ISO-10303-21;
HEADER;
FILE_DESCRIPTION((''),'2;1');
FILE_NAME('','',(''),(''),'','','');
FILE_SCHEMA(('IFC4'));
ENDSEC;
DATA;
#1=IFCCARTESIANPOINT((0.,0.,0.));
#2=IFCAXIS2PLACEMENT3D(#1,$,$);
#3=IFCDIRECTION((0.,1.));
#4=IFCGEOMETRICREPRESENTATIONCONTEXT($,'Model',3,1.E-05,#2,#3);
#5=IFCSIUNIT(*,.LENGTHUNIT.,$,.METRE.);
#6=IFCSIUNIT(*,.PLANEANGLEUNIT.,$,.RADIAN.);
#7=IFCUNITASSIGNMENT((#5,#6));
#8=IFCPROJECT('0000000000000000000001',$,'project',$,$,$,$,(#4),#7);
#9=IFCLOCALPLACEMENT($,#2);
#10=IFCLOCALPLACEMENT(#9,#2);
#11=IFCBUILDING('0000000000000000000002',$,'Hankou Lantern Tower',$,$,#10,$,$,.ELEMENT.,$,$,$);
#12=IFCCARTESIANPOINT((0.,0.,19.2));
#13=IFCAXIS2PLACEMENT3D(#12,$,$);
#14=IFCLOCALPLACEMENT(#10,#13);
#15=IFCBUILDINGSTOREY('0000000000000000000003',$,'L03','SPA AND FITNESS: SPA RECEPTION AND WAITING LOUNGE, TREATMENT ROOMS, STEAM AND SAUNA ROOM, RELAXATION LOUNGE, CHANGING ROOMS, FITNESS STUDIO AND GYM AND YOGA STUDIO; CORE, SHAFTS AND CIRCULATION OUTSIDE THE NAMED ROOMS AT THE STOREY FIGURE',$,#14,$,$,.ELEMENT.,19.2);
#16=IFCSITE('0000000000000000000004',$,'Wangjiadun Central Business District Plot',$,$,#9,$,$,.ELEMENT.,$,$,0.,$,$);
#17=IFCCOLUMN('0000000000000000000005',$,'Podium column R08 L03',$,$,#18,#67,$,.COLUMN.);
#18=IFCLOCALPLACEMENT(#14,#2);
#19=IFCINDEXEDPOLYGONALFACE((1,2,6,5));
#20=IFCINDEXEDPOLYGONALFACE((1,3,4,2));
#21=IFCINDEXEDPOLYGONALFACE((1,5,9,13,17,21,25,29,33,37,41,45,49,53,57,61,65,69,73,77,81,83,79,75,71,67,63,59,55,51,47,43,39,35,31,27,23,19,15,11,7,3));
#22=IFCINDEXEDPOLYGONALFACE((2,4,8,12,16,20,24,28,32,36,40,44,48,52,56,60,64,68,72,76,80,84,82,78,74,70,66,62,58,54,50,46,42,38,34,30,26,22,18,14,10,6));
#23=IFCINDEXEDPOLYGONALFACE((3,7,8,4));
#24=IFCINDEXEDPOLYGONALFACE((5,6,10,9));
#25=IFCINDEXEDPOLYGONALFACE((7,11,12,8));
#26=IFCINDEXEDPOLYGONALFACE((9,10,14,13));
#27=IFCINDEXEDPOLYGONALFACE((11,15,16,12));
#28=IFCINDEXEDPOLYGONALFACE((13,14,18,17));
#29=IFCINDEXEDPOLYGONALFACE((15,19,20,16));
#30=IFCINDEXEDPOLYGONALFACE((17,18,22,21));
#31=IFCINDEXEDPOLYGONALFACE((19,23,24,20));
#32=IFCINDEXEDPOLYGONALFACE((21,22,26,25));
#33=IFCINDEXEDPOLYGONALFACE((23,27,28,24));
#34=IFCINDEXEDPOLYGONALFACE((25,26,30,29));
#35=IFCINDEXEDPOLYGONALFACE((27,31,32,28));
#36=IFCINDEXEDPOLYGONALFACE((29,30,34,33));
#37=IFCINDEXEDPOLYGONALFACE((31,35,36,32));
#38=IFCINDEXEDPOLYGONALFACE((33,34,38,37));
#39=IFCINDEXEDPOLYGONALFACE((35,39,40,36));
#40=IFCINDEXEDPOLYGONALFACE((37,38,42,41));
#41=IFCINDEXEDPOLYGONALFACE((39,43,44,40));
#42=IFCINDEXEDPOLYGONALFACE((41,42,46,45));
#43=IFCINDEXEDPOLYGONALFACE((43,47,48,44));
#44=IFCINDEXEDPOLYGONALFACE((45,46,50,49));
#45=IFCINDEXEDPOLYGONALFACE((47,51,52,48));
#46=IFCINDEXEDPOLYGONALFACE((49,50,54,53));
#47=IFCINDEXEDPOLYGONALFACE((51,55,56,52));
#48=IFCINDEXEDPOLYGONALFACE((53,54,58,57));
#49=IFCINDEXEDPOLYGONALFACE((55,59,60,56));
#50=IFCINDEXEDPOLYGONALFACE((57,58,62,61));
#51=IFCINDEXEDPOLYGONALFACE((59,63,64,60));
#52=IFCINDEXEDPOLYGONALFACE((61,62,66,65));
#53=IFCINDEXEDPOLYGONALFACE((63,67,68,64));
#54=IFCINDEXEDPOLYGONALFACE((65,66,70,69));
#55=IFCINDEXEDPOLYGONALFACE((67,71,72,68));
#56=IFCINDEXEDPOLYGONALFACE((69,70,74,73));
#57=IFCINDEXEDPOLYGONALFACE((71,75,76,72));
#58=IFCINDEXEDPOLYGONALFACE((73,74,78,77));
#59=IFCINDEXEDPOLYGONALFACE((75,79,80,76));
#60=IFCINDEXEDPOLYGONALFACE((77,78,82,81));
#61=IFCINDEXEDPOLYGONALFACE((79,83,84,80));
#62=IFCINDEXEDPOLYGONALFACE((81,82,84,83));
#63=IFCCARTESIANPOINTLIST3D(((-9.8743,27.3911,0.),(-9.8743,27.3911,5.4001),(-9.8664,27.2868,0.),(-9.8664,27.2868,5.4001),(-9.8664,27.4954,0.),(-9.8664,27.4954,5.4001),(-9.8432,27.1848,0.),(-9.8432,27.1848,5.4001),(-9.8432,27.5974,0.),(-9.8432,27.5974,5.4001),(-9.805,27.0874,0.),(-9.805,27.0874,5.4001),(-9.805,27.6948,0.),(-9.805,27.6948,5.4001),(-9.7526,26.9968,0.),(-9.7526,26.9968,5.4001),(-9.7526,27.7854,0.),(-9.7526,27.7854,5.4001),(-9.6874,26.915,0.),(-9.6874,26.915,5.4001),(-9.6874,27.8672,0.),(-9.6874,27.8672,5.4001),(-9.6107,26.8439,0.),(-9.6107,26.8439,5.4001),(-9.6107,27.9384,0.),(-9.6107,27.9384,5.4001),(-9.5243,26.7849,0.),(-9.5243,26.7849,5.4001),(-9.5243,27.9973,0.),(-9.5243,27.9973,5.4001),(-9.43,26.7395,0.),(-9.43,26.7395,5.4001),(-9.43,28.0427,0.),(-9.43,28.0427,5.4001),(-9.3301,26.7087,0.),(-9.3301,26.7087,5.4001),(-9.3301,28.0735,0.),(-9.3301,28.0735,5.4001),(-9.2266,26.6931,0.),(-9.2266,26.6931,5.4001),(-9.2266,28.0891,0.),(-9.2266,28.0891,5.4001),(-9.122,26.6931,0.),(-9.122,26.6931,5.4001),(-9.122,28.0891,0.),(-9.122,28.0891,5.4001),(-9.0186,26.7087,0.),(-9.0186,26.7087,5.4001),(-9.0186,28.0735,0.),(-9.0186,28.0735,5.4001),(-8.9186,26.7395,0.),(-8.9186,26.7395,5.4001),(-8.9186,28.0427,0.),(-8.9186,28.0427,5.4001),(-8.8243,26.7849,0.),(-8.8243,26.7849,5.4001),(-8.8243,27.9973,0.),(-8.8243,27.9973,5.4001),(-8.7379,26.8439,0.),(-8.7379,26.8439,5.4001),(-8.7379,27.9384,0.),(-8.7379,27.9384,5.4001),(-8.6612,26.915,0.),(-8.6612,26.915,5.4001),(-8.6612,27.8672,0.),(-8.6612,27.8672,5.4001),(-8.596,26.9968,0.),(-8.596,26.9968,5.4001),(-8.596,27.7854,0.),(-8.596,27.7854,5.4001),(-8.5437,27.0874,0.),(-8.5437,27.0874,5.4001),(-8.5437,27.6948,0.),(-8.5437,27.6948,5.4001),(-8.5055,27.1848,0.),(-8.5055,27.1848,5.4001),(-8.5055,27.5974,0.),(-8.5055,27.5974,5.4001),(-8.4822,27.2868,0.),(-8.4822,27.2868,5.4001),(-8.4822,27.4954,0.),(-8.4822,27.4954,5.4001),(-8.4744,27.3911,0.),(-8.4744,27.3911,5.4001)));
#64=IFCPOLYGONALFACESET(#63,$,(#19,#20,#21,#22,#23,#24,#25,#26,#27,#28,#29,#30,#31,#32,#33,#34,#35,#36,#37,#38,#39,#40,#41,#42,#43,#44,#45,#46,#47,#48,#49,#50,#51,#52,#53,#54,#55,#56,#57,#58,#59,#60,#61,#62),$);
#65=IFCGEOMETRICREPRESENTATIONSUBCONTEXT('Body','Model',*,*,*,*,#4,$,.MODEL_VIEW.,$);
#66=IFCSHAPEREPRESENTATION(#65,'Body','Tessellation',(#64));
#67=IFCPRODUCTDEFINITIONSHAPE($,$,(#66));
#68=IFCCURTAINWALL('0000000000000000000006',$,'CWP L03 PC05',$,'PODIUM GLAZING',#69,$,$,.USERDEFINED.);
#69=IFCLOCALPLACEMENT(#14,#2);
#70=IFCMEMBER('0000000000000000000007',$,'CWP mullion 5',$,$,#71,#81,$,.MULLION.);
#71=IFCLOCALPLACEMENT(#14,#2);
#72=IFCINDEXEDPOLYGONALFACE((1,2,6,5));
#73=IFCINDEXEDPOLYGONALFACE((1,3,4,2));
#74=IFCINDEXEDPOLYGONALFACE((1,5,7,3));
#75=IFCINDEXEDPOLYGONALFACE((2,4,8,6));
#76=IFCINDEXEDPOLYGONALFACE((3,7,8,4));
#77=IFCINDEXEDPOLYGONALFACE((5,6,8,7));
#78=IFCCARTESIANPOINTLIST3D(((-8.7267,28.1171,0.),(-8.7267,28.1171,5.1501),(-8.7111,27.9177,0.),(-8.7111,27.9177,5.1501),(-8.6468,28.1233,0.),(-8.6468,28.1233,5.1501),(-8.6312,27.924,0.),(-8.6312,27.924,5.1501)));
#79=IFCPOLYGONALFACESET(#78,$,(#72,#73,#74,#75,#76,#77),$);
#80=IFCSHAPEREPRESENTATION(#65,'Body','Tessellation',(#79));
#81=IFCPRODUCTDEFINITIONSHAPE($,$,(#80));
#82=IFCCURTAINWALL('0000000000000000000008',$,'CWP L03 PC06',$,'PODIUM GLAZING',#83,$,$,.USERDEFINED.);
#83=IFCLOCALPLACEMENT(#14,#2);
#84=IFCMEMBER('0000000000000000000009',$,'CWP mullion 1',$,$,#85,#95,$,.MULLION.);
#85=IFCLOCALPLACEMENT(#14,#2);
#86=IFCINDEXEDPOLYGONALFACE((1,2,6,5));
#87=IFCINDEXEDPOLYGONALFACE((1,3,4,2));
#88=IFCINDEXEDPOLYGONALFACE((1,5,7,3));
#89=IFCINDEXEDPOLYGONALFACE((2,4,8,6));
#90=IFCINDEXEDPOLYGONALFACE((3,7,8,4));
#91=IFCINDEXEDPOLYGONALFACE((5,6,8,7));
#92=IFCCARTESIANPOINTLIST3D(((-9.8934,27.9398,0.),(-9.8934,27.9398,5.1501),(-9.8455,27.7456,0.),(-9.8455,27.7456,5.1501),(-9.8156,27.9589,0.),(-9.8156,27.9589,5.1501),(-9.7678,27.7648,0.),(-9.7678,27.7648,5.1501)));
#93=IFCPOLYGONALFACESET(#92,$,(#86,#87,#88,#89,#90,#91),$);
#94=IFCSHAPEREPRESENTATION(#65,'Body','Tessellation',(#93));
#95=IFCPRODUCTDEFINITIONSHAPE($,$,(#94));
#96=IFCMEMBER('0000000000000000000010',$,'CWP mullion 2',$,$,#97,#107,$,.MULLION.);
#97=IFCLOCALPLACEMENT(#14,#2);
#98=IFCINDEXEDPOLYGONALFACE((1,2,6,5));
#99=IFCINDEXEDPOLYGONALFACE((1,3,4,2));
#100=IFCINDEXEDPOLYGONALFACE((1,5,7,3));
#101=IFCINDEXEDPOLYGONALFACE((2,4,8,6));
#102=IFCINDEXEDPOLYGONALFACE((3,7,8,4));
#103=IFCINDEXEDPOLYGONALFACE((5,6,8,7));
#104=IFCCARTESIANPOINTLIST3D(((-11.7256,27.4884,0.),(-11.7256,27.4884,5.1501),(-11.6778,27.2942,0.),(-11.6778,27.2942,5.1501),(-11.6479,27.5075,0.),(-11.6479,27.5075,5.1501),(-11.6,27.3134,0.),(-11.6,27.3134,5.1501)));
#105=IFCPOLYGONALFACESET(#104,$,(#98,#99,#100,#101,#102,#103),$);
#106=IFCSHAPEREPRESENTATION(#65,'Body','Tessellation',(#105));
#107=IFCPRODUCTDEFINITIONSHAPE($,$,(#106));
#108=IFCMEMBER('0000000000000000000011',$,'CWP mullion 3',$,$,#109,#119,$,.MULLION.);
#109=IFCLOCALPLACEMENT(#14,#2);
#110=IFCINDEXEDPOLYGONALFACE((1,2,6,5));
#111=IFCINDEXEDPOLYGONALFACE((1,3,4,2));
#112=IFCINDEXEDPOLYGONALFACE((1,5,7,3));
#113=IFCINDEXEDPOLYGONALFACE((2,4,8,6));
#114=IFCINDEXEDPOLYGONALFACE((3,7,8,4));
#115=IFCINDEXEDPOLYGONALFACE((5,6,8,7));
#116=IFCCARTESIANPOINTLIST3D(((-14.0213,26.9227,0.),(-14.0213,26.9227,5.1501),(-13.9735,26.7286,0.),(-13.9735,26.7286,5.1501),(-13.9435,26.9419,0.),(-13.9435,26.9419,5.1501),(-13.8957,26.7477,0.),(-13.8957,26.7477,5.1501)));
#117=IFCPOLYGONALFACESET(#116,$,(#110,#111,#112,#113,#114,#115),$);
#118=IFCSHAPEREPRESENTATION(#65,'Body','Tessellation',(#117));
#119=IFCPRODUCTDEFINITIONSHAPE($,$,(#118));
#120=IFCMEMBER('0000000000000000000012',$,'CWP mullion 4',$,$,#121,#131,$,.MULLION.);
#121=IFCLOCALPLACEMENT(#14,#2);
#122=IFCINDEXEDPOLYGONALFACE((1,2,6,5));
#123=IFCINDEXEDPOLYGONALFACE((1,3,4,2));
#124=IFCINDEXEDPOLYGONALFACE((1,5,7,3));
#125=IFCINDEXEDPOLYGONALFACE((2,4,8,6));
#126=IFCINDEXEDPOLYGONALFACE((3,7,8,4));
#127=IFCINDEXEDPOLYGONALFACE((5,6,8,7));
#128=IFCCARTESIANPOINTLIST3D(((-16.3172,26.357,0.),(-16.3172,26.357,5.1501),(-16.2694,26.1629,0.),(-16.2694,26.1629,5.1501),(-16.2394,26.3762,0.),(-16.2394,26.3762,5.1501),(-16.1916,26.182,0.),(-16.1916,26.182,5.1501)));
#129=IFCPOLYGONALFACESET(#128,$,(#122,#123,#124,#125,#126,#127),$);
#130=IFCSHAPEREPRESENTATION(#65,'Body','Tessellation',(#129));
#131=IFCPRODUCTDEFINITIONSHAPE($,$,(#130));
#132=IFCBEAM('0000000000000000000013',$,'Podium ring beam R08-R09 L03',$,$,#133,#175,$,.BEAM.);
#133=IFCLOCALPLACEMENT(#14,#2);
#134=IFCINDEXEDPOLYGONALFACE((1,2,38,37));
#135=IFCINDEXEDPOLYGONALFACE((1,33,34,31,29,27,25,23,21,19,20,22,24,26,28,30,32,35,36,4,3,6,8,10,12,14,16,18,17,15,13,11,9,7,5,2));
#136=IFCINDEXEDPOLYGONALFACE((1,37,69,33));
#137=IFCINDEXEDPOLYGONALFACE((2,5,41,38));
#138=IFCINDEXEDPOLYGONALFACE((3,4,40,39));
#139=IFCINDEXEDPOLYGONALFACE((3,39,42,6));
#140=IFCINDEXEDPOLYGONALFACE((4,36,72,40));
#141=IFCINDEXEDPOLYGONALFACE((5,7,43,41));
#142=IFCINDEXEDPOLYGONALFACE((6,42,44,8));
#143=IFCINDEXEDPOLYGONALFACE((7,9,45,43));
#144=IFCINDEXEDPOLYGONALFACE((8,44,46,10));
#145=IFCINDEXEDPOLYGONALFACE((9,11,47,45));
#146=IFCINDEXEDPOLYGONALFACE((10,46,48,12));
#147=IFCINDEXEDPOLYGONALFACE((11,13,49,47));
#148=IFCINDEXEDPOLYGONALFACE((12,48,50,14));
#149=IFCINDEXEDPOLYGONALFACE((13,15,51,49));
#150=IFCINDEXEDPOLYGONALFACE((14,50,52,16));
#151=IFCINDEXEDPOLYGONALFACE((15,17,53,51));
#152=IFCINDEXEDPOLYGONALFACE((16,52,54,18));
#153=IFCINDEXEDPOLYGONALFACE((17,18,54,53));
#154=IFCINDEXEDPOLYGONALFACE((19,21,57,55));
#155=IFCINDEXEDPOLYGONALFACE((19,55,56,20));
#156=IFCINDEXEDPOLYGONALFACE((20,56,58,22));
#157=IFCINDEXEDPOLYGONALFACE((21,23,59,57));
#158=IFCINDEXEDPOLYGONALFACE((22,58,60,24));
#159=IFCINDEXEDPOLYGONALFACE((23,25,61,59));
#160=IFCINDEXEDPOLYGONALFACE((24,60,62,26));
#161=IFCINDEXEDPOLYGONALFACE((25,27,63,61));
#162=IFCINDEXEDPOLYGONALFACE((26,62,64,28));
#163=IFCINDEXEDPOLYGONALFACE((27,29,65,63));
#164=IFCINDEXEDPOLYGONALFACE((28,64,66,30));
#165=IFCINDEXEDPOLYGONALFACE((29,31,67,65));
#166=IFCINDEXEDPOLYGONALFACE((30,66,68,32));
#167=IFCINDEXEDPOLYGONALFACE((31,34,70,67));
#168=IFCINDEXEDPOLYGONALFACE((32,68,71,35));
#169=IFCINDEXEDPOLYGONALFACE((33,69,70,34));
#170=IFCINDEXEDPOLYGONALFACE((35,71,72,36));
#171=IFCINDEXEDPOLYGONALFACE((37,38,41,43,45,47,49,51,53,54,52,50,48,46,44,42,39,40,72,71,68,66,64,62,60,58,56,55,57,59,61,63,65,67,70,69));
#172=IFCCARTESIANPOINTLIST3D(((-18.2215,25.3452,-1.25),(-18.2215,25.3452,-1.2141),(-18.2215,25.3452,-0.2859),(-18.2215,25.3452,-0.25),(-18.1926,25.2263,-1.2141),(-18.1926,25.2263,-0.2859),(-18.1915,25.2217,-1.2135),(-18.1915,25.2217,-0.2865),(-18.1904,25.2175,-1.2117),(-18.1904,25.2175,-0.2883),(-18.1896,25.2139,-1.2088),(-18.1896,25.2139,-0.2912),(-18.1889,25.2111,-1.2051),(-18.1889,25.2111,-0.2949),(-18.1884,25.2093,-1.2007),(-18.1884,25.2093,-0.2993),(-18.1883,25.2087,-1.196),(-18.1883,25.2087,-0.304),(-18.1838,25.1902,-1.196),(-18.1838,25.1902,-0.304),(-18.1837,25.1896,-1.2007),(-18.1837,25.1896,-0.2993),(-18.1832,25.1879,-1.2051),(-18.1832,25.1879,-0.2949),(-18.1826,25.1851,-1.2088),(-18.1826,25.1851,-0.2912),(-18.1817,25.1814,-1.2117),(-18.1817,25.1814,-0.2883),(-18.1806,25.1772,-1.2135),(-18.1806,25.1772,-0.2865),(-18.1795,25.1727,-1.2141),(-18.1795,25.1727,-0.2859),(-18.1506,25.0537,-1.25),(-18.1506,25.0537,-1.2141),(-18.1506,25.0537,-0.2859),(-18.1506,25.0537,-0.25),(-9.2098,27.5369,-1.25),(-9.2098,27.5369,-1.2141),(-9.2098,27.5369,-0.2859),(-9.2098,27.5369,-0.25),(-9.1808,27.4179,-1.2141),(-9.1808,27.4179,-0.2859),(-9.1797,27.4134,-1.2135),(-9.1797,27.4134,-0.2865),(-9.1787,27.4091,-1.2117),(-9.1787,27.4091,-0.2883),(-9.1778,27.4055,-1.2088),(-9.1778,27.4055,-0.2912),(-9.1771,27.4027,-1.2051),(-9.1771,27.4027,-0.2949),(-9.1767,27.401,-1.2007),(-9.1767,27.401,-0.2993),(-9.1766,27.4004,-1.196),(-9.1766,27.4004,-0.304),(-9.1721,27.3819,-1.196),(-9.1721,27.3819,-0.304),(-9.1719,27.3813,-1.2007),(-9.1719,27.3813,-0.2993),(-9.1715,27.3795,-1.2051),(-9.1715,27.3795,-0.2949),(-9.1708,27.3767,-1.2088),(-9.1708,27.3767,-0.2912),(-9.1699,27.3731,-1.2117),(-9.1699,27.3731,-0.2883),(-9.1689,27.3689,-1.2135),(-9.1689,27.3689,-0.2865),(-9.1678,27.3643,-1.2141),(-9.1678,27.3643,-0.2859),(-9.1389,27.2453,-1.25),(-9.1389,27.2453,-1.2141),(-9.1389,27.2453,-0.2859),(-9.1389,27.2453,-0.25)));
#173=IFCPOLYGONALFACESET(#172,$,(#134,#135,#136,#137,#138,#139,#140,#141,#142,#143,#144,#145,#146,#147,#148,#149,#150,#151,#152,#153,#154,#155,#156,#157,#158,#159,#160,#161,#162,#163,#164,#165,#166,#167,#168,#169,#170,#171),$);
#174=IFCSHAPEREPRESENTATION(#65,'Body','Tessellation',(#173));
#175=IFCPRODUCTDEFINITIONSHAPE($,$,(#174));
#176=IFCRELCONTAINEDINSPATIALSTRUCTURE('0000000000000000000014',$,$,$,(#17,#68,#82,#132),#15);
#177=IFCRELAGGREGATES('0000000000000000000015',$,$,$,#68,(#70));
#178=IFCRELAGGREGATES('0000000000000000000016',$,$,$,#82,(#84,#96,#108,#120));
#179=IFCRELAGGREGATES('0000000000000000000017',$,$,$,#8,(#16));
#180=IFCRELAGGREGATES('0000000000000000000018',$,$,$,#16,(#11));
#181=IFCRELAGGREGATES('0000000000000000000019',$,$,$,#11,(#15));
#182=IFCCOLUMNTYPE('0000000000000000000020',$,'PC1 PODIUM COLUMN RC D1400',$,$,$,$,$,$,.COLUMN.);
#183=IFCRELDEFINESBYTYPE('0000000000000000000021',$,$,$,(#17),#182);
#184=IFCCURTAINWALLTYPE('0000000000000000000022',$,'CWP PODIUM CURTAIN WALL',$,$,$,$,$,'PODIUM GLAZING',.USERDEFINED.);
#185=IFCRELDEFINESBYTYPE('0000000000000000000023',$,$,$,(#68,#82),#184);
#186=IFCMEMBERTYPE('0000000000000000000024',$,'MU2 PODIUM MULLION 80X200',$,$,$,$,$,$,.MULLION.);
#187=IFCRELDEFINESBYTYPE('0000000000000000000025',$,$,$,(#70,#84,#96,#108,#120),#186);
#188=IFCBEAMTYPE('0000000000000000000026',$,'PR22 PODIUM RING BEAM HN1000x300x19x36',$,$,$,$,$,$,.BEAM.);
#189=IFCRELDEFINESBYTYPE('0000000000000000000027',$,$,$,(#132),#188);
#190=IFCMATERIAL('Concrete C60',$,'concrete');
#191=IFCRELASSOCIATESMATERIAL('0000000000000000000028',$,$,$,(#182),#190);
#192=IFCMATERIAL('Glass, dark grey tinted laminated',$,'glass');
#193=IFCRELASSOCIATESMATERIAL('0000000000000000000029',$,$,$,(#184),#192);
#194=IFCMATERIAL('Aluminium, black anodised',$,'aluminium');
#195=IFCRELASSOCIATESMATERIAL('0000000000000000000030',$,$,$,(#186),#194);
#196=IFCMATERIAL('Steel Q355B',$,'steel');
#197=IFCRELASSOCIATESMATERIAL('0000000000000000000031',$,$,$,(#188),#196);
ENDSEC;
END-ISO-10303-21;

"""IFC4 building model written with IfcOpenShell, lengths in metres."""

from ifc_helpers import new_model, si_unit, direction, frame, origin, origin_2d, place, context, subcontext, project, spatial, rectangle, circle, i_section, extrude, material, material_profile, profile_set, type_object, element, aggregate, save


model = new_model("IFC4")

# Units and contexts
model_context = context("Model", 3, precision=1e-05, world=origin(), true_north=direction((0.0, 1.0)))
body_context = subcontext(model_context, "Body", "Model", "MODEL_VIEW")
ifc_project = project(units=[si_unit("LENGTHUNIT", "METRE"), si_unit("PLANEANGLEUNIT", "RADIAN")], contexts=[model_context])

# Site, building, storey
site_placement = place(None, origin())
site = spatial("IfcSite", under=ifc_project, at=site_placement, Name="Wangjiadun Central Business District Plot", CompositionType="ELEMENT", RefElevation=0.0)
building_placement = place(site_placement, origin())
building = spatial("IfcBuilding", under=site, at=building_placement, Name="Hankou Lantern Tower", CompositionType="ELEMENT")
storey_placement = place(building_placement, frame((0.0, 0.0, 19.2)))
storey = spatial("IfcBuildingStorey", under=building, at=storey_placement, Name="L03", Description="SPA AND FITNESS: SPA RECEPTION AND WAITING LOUNGE, TREATMENT ROOMS, STEAM AND SAUNA ROOM, RELAXATION LOUNGE, CHANGING ROOMS, FITNESS STUDIO AND GYM AND YOGA STUDIO; CORE, SHAFTS AND CIRCULATION OUTSIDE THE NAMED ROOMS AT THE STOREY FIGURE", CompositionType="ELEMENT", Elevation=19.2)

# Column
ifc_material_1 = material(Name="Concrete C60", Category="concrete")
ifc_material_profile_1 = material_profile(ifc_material_1, circle(Radius=0.7, at=origin_2d()), Name="RC D1400")
ifc_profile_set_1 = profile_set([ifc_material_profile_1], Name="Concrete C60")
column_type = type_object("IfcColumnType", Name="PC1 PODIUM COLUMN RC D1400", PredefinedType="COLUMN", material=ifc_profile_set_1)
column_placement = place(storey_placement, frame((-9.1743, 27.3911, 0.0), z_axis=(0.0, 0.0, 1.0), x_axis=(1.0, 0.0, 0.0)))
element("IfcColumn", 1, at=column_placement, inside=storey, type_object=column_type, Name="Podium column R08 L03", PredefinedType="COLUMN", context=body_context, shape_type="SweptSolid", body=[
    extrude(circle(Radius=0.7, at=origin_2d()), origin(), (0.0, 0.0, 1.0), 5.4001),
])

# Curtain wall, member
ifc_material_2 = material(Name="Glass, dark grey tinted laminated", Category="glass")
curtain_wall_type = type_object("IfcCurtainWallType", Name="CWP PODIUM CURTAIN WALL", ElementType="PODIUM GLAZING", PredefinedType="USERDEFINED", material=ifc_material_2)
curtain_wall_1_placement = place(storey_placement, origin())
curtain_wall_1 = element("IfcCurtainWall", 2, at=curtain_wall_1_placement, inside=storey, type_object=curtain_wall_type, Name="CWP L03 PC05", ObjectType="PODIUM GLAZING", PredefinedType="USERDEFINED")
ifc_material_3 = material(Name="Aluminium, black anodised", Category="aluminium")
ifc_material_profile_2 = material_profile(ifc_material_3, rectangle(XDim=0.0801, YDim=0.2, at=origin_2d()), Name="MU2 80X200")
ifc_profile_set_2 = profile_set([ifc_material_profile_2], Name="Aluminium, black anodised")
member_type_1 = type_object("IfcMemberType", Name="MU2 PODIUM MULLION 80X200", PredefinedType="MULLION", material=ifc_profile_set_2)
member_1_placement = place(storey_placement, frame((-8.679, 28.0205, 0.0), z_axis=(0.0, 0.0, 1.0), x_axis=(-0.996949, -0.078062, 0.0)))
member_1 = element("IfcMember", 3, at=member_1_placement, type_object=member_type_1, Name="CWP mullion 5", PredefinedType="MULLION", context=body_context, shape_type="SweptSolid", body=[
    extrude(rectangle(XDim=0.0801, YDim=0.2, at=origin_2d()), origin(), (0.0, 0.0, 1.0), 5.1501),
])

# Curtain wall, members
curtain_wall_2_placement = place(storey_placement, origin())
curtain_wall_2 = element("IfcCurtainWall", 4, at=curtain_wall_2_placement, inside=storey, type_object=curtain_wall_type, Name="CWP L03 PC06", ObjectType="PODIUM GLAZING", PredefinedType="USERDEFINED")
member_2_placement = place(storey_placement, frame((-9.8306, 27.8523, 0.0), z_axis=(0.0, 0.0, 1.0), x_axis=(-0.970961, -0.239238, 0.0)))
member_2 = element("IfcMember", 5, at=member_2_placement, type_object=member_type_1, Name="CWP mullion 1", PredefinedType="MULLION", context=body_context, shape_type="SweptSolid", body=[
    extrude(rectangle(XDim=0.0801, YDim=0.2, at=origin_2d()), origin(), (0.0, 0.0, 1.0), 5.1501),
])
member_3_placement = place(storey_placement, frame((-11.6628, 27.4009, 0.0), z_axis=(0.0, 0.0, 1.0), x_axis=(-0.970961, -0.239238, 0.0)))
member_3 = element("IfcMember", 6, at=member_3_placement, type_object=member_type_1, Name="CWP mullion 2", PredefinedType="MULLION", context=body_context, shape_type="SweptSolid", body=[
    extrude(rectangle(XDim=0.0801, YDim=0.2, at=origin_2d()), origin(), (0.0, 0.0, 1.0), 5.1501),
])
member_4_placement = place(storey_placement, frame((-13.9585, 26.8352, 0.0), z_axis=(0.0, 0.0, 1.0), x_axis=(-0.970961, -0.239238, 0.0)))
member_4 = element("IfcMember", 7, at=member_4_placement, type_object=member_type_1, Name="CWP mullion 3", PredefinedType="MULLION", context=body_context, shape_type="SweptSolid", body=[
    extrude(rectangle(XDim=0.0801, YDim=0.2, at=origin_2d()), origin(), (0.0, 0.0, 1.0), 5.1501),
])
member_5_placement = place(storey_placement, frame((-16.2544, 26.2695, 0.0), z_axis=(0.0, 0.0, 1.0), x_axis=(-0.970961, -0.239238, 0.0)))
member_5 = element("IfcMember", 8, at=member_5_placement, type_object=member_type_1, Name="CWP mullion 4", PredefinedType="MULLION", context=body_context, shape_type="SweptSolid", body=[
    extrude(rectangle(XDim=0.0801, YDim=0.2, at=origin_2d()), origin(), (0.0, 0.0, 1.0), 5.1501),
])

# Beam
ifc_material_4 = material(Name="Steel Q355B", Category="steel")
ifc_material_profile_3 = material_profile(ifc_material_4, i_section(OverallWidth=0.3, OverallDepth=1.0, WebThickness=0.019, FlangeThickness=0.0359, FilletRadius=0.0181, at=origin_2d()), Name="HN1000x300x19x36")
ifc_profile_set_3 = profile_set([ifc_material_profile_3], Name="Steel Q355B")
beam_type_1 = type_object("IfcBeamType", Name="PR22 PODIUM RING BEAM HN1000x300x19x36", PredefinedType="BEAM", material=ifc_profile_set_3)
beam_1_placement = place(storey_placement, frame((-9.1743, 27.3911, -0.75), z_axis=(-0.971677, -0.236312, 0.0), x_axis=(0.236312, -0.971677, 0.0)))
element("IfcBeam", 9, at=beam_1_placement, inside=storey, type_object=beam_type_1, Name="Podium ring beam R08-R09 L03", PredefinedType="BEAM", context=body_context, shape_type="SweptSolid", body=[
    extrude(i_section(OverallWidth=0.3, OverallDepth=1.0, WebThickness=0.019, FlangeThickness=0.0359, FilletRadius=0.0181, at=origin_2d()), origin(), (0.0, 0.0, 1.0), 9.2744),
])

aggregate(curtain_wall_1, [member_1])
aggregate(curtain_wall_2, [member_2, member_3, member_4, member_5])

save(model, "model.ifc")
